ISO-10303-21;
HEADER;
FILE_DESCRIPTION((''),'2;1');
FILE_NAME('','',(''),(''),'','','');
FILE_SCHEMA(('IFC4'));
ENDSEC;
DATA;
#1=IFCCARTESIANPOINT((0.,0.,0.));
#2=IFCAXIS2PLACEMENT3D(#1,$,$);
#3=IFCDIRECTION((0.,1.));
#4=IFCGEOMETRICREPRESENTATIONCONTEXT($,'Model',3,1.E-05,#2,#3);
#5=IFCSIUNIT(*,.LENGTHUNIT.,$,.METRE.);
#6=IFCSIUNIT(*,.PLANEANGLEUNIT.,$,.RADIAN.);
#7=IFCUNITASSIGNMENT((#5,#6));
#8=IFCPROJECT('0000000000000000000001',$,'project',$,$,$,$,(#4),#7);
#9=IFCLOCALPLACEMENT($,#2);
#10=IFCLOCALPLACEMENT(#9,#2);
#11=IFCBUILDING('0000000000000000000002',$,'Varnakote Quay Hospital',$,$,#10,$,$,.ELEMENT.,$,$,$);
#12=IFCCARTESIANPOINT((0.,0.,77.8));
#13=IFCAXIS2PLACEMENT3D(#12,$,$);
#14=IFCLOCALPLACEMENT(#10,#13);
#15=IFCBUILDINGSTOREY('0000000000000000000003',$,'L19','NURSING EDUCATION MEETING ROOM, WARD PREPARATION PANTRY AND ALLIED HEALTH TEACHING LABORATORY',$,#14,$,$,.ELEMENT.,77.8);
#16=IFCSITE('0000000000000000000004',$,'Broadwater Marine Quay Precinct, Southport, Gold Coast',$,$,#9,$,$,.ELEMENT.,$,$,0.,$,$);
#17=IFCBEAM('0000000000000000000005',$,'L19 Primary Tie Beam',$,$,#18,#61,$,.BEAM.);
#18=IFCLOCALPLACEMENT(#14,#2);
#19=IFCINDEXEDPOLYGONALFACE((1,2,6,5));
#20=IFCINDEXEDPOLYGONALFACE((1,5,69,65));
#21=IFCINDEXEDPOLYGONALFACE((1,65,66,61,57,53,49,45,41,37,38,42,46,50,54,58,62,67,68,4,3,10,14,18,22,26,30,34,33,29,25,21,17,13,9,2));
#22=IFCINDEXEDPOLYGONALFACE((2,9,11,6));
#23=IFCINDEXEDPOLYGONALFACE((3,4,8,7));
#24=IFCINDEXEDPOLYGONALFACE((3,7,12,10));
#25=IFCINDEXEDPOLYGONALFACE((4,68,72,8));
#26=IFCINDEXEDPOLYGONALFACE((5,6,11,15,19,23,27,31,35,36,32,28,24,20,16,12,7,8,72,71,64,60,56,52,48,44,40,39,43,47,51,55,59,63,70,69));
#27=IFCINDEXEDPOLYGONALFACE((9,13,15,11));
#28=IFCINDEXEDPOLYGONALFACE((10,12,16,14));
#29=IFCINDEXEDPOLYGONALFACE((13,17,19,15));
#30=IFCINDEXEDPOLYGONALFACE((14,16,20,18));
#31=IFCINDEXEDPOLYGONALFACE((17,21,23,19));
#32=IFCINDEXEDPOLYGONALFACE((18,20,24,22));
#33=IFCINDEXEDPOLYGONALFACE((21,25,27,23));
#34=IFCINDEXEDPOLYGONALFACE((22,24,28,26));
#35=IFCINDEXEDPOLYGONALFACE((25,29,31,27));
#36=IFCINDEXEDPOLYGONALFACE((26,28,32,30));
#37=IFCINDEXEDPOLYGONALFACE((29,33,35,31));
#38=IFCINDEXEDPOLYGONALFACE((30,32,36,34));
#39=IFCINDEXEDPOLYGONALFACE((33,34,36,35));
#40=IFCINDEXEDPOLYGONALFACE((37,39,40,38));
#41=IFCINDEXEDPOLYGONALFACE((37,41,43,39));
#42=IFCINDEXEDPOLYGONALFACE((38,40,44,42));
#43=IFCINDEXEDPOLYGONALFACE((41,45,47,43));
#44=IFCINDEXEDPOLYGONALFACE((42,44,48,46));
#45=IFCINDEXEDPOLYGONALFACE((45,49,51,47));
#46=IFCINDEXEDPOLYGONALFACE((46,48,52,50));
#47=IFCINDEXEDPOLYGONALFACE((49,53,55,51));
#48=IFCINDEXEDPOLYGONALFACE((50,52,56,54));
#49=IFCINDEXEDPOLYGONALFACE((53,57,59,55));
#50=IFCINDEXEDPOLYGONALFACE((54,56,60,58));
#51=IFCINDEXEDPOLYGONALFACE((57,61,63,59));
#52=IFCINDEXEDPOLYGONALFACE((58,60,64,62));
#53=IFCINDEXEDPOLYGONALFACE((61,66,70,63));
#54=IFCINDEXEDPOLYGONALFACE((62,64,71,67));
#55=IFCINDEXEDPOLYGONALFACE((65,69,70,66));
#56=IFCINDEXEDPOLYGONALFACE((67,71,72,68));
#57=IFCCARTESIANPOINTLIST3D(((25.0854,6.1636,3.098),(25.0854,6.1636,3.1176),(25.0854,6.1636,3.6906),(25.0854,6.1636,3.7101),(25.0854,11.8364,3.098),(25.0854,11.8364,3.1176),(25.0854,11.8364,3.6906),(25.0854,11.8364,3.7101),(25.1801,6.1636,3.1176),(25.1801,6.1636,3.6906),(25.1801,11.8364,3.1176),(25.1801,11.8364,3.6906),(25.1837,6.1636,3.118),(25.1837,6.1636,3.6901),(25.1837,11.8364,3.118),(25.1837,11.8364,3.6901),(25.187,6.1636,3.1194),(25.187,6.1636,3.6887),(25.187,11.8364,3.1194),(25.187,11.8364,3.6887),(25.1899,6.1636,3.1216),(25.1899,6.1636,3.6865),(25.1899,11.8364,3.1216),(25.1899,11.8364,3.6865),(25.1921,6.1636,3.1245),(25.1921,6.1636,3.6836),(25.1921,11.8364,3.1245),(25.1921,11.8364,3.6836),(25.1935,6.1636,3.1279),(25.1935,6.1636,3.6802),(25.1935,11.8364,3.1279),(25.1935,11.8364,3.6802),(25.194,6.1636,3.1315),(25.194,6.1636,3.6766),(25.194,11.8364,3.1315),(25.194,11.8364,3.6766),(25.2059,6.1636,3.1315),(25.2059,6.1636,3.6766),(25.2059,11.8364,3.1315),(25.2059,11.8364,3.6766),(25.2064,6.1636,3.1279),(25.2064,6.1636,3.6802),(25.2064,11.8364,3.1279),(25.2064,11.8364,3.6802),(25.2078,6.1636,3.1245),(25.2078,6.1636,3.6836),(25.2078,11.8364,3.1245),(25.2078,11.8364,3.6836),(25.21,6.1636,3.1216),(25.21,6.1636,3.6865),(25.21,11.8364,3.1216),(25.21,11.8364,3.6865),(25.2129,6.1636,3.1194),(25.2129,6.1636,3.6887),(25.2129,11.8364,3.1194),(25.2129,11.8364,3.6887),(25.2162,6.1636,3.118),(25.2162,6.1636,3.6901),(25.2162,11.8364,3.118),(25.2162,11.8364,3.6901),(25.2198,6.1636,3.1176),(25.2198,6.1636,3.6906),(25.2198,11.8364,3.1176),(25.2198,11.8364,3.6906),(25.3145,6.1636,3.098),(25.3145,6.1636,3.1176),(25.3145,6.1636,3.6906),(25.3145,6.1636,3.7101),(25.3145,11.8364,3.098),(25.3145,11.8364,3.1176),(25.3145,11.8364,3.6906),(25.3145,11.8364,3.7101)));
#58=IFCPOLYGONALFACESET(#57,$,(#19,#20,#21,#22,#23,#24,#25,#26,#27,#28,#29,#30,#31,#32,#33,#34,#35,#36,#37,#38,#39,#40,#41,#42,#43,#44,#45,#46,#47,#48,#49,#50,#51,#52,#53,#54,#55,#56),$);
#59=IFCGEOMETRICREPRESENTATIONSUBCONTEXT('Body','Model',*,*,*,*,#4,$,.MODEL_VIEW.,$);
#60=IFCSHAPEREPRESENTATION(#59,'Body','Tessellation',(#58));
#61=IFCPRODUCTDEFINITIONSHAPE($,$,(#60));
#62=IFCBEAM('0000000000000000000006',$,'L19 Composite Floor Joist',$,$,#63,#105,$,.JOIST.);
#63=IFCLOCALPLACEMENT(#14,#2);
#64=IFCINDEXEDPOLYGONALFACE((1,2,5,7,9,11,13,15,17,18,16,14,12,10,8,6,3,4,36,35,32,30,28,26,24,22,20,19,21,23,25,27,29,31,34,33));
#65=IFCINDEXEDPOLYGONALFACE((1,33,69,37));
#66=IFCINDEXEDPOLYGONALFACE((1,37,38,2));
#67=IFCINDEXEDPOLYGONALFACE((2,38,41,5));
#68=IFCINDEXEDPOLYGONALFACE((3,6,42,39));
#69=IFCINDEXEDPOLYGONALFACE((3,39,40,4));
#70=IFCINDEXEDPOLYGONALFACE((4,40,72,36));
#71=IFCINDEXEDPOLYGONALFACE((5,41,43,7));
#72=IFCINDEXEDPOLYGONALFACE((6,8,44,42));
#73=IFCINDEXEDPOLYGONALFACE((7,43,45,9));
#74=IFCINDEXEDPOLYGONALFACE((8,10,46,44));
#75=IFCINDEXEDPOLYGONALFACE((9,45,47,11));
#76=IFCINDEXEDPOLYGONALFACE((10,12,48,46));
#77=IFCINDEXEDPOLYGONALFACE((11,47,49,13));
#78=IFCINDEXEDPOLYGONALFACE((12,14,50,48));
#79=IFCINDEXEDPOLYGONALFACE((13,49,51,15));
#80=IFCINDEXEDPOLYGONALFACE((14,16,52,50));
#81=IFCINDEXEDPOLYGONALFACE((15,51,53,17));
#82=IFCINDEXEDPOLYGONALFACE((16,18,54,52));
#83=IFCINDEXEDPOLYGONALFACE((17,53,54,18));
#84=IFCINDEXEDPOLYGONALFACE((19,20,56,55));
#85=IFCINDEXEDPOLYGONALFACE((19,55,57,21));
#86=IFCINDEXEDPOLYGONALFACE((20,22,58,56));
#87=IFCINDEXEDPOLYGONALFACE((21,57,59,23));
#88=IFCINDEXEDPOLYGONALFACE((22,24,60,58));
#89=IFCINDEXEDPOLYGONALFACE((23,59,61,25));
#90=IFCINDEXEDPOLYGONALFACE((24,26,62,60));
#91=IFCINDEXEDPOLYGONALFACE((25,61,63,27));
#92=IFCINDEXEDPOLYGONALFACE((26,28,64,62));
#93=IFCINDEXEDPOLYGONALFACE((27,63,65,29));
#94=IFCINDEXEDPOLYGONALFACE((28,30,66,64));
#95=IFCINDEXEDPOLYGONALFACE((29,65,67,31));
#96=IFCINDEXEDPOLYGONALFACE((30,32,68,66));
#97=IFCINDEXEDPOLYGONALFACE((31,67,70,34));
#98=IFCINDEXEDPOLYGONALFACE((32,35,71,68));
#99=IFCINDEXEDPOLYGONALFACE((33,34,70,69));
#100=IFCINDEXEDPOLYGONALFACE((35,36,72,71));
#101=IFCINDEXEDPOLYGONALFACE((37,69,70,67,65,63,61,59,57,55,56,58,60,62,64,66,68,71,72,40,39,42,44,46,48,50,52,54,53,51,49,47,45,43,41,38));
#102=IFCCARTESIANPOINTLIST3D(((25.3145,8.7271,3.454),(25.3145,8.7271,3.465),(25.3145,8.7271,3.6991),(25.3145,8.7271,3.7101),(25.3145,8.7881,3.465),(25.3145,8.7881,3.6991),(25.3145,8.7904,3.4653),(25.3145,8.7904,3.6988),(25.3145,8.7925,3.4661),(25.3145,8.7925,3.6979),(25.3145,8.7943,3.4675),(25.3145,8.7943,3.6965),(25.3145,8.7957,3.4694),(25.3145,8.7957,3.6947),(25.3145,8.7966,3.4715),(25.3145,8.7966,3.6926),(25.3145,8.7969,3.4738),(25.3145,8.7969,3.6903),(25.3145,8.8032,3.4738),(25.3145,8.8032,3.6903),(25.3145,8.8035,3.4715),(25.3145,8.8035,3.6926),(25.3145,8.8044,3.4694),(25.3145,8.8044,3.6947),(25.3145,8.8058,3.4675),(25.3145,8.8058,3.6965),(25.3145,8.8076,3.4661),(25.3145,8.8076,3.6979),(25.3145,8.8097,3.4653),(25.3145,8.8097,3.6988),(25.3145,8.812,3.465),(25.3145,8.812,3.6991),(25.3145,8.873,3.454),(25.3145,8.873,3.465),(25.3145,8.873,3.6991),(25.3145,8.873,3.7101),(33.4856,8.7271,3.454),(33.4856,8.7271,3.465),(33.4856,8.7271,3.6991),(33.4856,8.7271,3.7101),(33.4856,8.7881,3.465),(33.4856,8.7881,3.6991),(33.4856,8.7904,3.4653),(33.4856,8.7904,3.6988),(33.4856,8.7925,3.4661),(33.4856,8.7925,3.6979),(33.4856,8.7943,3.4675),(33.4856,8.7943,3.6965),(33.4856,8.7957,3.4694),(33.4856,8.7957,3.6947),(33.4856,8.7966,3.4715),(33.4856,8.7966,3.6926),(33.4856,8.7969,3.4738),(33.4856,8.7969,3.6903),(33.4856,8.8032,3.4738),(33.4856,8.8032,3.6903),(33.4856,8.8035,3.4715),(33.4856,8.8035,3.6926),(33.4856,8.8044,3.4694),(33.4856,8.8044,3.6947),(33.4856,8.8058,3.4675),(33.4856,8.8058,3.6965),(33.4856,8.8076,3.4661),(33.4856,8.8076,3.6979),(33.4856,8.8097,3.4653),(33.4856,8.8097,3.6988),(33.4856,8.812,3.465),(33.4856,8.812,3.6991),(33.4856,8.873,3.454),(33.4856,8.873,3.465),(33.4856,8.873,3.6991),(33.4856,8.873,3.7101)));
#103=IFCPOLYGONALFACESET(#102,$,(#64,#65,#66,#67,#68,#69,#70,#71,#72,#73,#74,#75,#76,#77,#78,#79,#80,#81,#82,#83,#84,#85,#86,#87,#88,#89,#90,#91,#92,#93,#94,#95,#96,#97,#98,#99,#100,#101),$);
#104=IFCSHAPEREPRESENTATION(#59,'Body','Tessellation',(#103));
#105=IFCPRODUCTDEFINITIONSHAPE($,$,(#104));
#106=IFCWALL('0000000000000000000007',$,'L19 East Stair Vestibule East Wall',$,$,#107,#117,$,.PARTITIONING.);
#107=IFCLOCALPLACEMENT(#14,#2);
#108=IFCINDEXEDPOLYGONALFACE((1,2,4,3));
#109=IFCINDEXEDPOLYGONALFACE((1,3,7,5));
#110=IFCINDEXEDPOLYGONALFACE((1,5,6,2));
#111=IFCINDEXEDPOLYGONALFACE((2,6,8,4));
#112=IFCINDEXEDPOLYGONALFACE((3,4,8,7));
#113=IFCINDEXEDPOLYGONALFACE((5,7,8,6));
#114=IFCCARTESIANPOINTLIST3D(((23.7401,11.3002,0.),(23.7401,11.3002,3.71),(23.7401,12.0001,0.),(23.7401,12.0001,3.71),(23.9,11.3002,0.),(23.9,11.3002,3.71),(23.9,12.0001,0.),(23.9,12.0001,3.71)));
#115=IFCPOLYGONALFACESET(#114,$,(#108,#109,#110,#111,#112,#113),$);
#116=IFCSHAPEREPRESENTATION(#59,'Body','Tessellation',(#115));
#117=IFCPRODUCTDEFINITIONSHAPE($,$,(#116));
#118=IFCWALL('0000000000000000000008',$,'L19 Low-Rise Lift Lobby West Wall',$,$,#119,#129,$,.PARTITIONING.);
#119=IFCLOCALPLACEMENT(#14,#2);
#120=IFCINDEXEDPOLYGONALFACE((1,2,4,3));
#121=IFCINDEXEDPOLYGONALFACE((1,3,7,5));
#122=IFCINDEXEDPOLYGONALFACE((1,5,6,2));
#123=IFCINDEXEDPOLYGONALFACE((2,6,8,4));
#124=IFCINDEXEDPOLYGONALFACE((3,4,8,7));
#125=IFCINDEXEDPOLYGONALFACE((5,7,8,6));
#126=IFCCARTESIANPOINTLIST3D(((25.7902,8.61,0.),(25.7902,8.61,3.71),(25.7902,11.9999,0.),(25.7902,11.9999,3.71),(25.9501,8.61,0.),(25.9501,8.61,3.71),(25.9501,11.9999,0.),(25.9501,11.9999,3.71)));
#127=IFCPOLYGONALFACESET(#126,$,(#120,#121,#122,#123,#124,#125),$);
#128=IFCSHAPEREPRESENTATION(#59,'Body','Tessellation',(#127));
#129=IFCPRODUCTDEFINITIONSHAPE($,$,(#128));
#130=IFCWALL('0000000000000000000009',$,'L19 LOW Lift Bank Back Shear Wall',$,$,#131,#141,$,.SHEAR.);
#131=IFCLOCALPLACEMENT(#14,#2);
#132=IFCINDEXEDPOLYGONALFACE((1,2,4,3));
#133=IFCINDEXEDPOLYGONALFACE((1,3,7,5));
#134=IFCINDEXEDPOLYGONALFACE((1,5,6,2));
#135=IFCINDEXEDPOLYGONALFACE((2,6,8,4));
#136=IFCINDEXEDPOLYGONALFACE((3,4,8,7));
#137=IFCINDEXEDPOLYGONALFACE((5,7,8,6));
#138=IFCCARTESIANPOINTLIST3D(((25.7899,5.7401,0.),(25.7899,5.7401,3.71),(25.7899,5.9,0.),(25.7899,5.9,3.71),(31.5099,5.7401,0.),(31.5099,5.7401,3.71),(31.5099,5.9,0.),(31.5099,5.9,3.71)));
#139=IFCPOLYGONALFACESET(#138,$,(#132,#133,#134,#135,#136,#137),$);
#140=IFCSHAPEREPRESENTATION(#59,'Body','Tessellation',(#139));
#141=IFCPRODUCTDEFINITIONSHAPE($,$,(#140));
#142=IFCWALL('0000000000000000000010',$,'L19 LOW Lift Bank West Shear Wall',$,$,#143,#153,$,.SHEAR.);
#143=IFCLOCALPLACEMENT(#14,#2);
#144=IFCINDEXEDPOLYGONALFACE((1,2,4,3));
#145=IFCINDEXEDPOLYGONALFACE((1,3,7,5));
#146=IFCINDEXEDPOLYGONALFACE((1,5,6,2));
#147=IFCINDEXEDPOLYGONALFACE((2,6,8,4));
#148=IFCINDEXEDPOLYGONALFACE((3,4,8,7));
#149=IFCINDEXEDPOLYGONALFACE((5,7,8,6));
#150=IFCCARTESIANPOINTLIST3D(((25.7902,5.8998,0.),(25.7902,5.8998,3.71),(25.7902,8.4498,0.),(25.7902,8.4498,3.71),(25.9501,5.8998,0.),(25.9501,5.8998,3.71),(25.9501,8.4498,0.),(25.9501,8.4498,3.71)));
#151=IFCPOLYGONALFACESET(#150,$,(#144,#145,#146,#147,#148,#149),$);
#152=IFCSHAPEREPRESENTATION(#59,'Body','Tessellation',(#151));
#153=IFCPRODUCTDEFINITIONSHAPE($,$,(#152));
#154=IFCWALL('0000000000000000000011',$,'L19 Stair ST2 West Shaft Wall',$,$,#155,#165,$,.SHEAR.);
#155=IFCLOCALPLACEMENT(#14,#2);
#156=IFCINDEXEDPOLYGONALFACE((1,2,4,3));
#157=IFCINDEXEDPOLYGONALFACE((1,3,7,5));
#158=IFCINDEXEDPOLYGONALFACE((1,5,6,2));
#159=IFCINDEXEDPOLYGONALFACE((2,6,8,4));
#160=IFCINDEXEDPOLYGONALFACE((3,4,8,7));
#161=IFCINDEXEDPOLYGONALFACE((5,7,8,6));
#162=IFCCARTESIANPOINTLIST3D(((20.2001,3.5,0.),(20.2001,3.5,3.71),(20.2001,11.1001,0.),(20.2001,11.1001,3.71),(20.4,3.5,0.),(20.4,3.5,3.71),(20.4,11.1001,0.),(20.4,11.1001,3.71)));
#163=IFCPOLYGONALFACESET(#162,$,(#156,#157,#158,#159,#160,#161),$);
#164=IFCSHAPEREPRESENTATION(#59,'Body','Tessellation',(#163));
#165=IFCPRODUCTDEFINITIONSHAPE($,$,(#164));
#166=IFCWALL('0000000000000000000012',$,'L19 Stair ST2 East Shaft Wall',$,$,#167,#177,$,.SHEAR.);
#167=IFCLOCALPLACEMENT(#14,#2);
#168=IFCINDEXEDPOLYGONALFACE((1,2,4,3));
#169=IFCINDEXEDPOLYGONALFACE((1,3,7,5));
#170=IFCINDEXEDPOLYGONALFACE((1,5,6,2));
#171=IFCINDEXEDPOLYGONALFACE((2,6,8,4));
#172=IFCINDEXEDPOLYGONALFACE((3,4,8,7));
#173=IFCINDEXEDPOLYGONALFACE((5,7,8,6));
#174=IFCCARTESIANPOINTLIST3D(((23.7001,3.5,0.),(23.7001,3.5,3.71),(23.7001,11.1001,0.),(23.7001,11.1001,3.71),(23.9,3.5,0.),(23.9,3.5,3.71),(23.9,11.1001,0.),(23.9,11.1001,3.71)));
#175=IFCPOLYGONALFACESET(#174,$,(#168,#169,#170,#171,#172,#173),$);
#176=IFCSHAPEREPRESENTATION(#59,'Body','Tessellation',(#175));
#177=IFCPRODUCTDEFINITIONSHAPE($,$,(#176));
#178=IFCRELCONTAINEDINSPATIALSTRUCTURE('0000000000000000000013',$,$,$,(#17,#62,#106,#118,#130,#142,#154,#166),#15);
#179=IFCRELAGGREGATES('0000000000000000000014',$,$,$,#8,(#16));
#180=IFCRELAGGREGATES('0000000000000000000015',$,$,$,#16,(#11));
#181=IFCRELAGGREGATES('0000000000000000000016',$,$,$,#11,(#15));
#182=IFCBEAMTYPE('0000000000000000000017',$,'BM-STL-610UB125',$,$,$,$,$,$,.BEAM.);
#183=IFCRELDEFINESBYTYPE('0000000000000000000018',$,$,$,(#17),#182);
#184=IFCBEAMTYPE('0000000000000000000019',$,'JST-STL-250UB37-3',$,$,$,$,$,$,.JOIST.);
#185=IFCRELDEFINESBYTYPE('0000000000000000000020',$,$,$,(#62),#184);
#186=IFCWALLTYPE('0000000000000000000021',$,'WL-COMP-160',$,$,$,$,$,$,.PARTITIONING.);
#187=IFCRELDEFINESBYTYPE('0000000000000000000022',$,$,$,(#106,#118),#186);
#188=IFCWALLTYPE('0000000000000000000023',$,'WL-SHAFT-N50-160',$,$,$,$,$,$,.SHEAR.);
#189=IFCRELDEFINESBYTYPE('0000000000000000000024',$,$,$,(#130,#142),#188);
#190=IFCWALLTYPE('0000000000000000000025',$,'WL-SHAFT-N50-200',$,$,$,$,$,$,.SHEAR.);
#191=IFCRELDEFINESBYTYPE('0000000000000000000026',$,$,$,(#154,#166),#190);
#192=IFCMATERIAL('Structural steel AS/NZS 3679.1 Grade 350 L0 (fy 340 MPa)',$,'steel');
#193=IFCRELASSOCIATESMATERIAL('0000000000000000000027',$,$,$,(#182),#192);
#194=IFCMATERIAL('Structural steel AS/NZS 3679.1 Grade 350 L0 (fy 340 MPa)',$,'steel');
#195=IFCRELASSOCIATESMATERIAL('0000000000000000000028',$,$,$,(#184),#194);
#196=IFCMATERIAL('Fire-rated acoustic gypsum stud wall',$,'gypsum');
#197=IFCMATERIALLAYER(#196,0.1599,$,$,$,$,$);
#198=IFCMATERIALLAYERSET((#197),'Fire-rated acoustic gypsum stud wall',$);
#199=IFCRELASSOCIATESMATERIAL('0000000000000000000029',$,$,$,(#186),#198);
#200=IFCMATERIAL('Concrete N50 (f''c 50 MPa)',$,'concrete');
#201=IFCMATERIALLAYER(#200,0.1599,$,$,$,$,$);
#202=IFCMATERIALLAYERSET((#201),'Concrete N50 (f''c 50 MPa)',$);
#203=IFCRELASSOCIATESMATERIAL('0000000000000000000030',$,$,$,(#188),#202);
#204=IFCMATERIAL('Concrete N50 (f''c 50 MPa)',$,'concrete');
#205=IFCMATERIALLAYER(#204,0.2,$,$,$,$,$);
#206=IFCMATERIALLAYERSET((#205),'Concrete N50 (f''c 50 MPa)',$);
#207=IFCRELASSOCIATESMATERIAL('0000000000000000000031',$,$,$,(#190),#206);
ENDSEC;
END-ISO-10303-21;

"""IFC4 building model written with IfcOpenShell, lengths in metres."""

from ifc_helpers import new_model, si_unit, direction, frame, frame_2d, origin, origin_2d, place, context, subcontext, project, spatial, rectangle, i_section, extrude, material, layer, layer_set, material_profile, profile_set, type_object, element, save


model = new_model("IFC4")

# Units and contexts
model_context = context("Model", 3, precision=1e-05, world=origin(), true_north=direction((0.0, 1.0)))
body_context = subcontext(model_context, "Body", "Model", "MODEL_VIEW")
ifc_project = project(units=[si_unit("LENGTHUNIT", "METRE"), si_unit("PLANEANGLEUNIT", "RADIAN")], contexts=[model_context])

# Site, building, storey
site_placement = place(None, origin())
site = spatial("IfcSite", under=ifc_project, at=site_placement, Name="Broadwater Marine Quay Precinct, Southport, Gold Coast", CompositionType="ELEMENT", RefElevation=0.0)
building_placement = place(site_placement, origin())
building = spatial("IfcBuilding", under=site, at=building_placement, Name="Varnakote Quay Hospital", CompositionType="ELEMENT")
storey_placement = place(building_placement, frame((0.0, 0.0, 77.8)))
storey = spatial("IfcBuildingStorey", under=building, at=storey_placement, Name="L19", Description="NURSING EDUCATION MEETING ROOM, WARD PREPARATION PANTRY AND ALLIED HEALTH TEACHING LABORATORY", CompositionType="ELEMENT", Elevation=77.8)

# Beams
ifc_material_1 = material(Name="Structural steel AS/NZS 3679.1 Grade 350 L0 (fy 340 MPa)", Category="steel")
ifc_material_profile_1 = material_profile(ifc_material_1, i_section(OverallWidth=0.229, OverallDepth=0.6121, WebThickness=0.012, FlangeThickness=0.0195, FilletRadius=0.0139, at=origin_2d()), Name="610UB125")
ifc_profile_set_1 = profile_set([ifc_material_profile_1], Name="Structural steel AS/NZS 3679.1 Grade 350 L0 (fy 340 MPa)")
beam_type_1 = type_object("IfcBeamType", Name="BM-STL-610UB125", PredefinedType="BEAM", material=ifc_profile_set_1)
beam_1_placement = place(storey_placement, frame((25.2, 6.1636, 3.4041), z_axis=(0.0, 1.0, 0.0), x_axis=(-1.0, 0.0, 0.0)))
element("IfcBeam", 1, at=beam_1_placement, inside=storey, type_object=beam_type_1, Name="L19 Primary Tie Beam", PredefinedType="BEAM", context=body_context, shape_type="SweptSolid", body=[
    extrude(i_section(OverallWidth=0.229, OverallDepth=0.6121, WebThickness=0.012, FlangeThickness=0.0195, FilletRadius=0.0139, at=origin_2d()), origin(), (0.0, 0.0, 1.0), 5.6729),
])
ifc_material_2 = material(Name="Structural steel AS/NZS 3679.1 Grade 350 L0 (fy 340 MPa)", Category="steel")
ifc_material_profile_2 = material_profile(ifc_material_2, i_section(OverallWidth=0.146, OverallDepth=0.2561, WebThickness=0.0063, FlangeThickness=0.011, FilletRadius=0.0088, at=origin_2d()), Name="250UB37.3")
ifc_profile_set_2 = profile_set([ifc_material_profile_2], Name="Structural steel AS/NZS 3679.1 Grade 350 L0 (fy 340 MPa)")
beam_type_2 = type_object("IfcBeamType", Name="JST-STL-250UB37-3", PredefinedType="JOIST", material=ifc_profile_set_2)
beam_2_placement = place(storey_placement, frame((25.3145, 8.8, 3.582), z_axis=(1.0, 0.0, 0.0), x_axis=(0.0, 1.0, 0.0)))
element("IfcBeam", 2, at=beam_2_placement, inside=storey, type_object=beam_type_2, Name="L19 Composite Floor Joist", PredefinedType="JOIST", context=body_context, shape_type="SweptSolid", body=[
    extrude(i_section(OverallWidth=0.146, OverallDepth=0.2561, WebThickness=0.0063, FlangeThickness=0.011, FilletRadius=0.0088, at=origin_2d()), origin(), (0.0, 0.0, 1.0), 8.1711),
])

# Walls
ifc_material_3 = material(Name="Fire-rated acoustic gypsum stud wall", Category="gypsum")
ifc_layer_1 = layer(ifc_material_3, 0.1599)
ifc_layer_set_1 = layer_set([ifc_layer_1], Name="Fire-rated acoustic gypsum stud wall")
wall_type_1 = type_object("IfcWallType", Name="WL-COMP-160", PredefinedType="PARTITIONING", material=ifc_layer_set_1)
wall_1_placement = place(storey_placement, frame((23.8201, 11.3, 0.0), z_axis=(0.0, 0.0, 1.0), x_axis=(0.0, 1.0, 0.0)))
element("IfcWall", 3, at=wall_1_placement, inside=storey, type_object=wall_type_1, Name="L19 East Stair Vestibule East Wall", PredefinedType="PARTITIONING", context=body_context, shape_type="SweptSolid", body=[
    extrude(rectangle(XDim=0.7, YDim=0.1599, at=frame_2d((0.3501, 0.0))), origin(), (0.0, 0.0, 1.0), 3.71),
])
wall_2_placement = place(storey_placement, frame((25.8701, 8.6101, 0.0), z_axis=(0.0, 0.0, 1.0), x_axis=(0.0, 1.0, 0.0)))
element("IfcWall", 4, at=wall_2_placement, inside=storey, type_object=wall_type_1, Name="L19 Low-Rise Lift Lobby West Wall", PredefinedType="PARTITIONING", context=body_context, shape_type="SweptSolid", body=[
    extrude(rectangle(XDim=3.3899, YDim=0.1599, at=frame_2d((1.6948, 0.0))), origin(), (0.0, 0.0, 1.0), 3.71),
])
ifc_material_4 = material(Name="Concrete N50 (f'c 50 MPa)", Category="concrete")
ifc_layer_2 = layer(ifc_material_4, 0.1599)
ifc_layer_set_2 = layer_set([ifc_layer_2], Name="Concrete N50 (f'c 50 MPa)")
wall_type_2 = type_object("IfcWallType", Name="WL-SHAFT-N50-160", PredefinedType="SHEAR", material=ifc_layer_set_2)
wall_3_placement = place(storey_placement, frame((25.79, 5.8201, 0.0), z_axis=(0.0, 0.0, 1.0), x_axis=(1.0, 0.0, 0.0)))
element("IfcWall", 5, at=wall_3_placement, inside=storey, type_object=wall_type_2, Name="L19 LOW Lift Bank Back Shear Wall", PredefinedType="SHEAR", context=body_context, shape_type="SweptSolid", body=[
    extrude(rectangle(XDim=5.72, YDim=0.1599, at=frame_2d((2.8599, 0.0))), origin(), (0.0, 0.0, 1.0), 3.71),
])
wall_4_placement = place(storey_placement, frame((25.8701, 5.8999, 0.0), z_axis=(0.0, 0.0, 1.0), x_axis=(0.0, 1.0, 0.0)))
element("IfcWall", 6, at=wall_4_placement, inside=storey, type_object=wall_type_2, Name="L19 LOW Lift Bank West Shear Wall", PredefinedType="SHEAR", context=body_context, shape_type="SweptSolid", body=[
    extrude(rectangle(XDim=2.55, YDim=0.1599, at=frame_2d((1.2749, 0.0))), origin(), (0.0, 0.0, 1.0), 3.71),
])

# Walls
ifc_material_5 = material(Name="Concrete N50 (f'c 50 MPa)", Category="concrete")
ifc_layer_3 = layer(ifc_material_5, 0.2)
ifc_layer_set_3 = layer_set([ifc_layer_3], Name="Concrete N50 (f'c 50 MPa)")
wall_type_3 = type_object("IfcWallType", Name="WL-SHAFT-N50-200", PredefinedType="SHEAR", material=ifc_layer_set_3)
for number, where, z_axis, x_axis, name in (
    (7, (20.3, 3.5, 0.0), (0.0, 0.0, 1.0), (0.0, 1.0, 0.0), "L19 Stair ST2 West Shaft Wall"),
    (8, (23.8, 3.5, 0.0), (0.0, 0.0, 1.0), (0.0, 1.0, 0.0), "L19 Stair ST2 East Shaft Wall"),
):
    element("IfcWall", number, at=place(storey_placement, frame(where, z_axis=z_axis, x_axis=x_axis)), inside=storey, type_object=wall_type_3, Name=name, PredefinedType="SHEAR", context=body_context, shape_type="SweptSolid", body=[
        extrude(rectangle(XDim=7.6001, YDim=0.2, at=frame_2d((3.8, 0.0))), origin(), (0.0, 0.0, 1.0), 3.71),
    ])

save(model, "model.ifc")
